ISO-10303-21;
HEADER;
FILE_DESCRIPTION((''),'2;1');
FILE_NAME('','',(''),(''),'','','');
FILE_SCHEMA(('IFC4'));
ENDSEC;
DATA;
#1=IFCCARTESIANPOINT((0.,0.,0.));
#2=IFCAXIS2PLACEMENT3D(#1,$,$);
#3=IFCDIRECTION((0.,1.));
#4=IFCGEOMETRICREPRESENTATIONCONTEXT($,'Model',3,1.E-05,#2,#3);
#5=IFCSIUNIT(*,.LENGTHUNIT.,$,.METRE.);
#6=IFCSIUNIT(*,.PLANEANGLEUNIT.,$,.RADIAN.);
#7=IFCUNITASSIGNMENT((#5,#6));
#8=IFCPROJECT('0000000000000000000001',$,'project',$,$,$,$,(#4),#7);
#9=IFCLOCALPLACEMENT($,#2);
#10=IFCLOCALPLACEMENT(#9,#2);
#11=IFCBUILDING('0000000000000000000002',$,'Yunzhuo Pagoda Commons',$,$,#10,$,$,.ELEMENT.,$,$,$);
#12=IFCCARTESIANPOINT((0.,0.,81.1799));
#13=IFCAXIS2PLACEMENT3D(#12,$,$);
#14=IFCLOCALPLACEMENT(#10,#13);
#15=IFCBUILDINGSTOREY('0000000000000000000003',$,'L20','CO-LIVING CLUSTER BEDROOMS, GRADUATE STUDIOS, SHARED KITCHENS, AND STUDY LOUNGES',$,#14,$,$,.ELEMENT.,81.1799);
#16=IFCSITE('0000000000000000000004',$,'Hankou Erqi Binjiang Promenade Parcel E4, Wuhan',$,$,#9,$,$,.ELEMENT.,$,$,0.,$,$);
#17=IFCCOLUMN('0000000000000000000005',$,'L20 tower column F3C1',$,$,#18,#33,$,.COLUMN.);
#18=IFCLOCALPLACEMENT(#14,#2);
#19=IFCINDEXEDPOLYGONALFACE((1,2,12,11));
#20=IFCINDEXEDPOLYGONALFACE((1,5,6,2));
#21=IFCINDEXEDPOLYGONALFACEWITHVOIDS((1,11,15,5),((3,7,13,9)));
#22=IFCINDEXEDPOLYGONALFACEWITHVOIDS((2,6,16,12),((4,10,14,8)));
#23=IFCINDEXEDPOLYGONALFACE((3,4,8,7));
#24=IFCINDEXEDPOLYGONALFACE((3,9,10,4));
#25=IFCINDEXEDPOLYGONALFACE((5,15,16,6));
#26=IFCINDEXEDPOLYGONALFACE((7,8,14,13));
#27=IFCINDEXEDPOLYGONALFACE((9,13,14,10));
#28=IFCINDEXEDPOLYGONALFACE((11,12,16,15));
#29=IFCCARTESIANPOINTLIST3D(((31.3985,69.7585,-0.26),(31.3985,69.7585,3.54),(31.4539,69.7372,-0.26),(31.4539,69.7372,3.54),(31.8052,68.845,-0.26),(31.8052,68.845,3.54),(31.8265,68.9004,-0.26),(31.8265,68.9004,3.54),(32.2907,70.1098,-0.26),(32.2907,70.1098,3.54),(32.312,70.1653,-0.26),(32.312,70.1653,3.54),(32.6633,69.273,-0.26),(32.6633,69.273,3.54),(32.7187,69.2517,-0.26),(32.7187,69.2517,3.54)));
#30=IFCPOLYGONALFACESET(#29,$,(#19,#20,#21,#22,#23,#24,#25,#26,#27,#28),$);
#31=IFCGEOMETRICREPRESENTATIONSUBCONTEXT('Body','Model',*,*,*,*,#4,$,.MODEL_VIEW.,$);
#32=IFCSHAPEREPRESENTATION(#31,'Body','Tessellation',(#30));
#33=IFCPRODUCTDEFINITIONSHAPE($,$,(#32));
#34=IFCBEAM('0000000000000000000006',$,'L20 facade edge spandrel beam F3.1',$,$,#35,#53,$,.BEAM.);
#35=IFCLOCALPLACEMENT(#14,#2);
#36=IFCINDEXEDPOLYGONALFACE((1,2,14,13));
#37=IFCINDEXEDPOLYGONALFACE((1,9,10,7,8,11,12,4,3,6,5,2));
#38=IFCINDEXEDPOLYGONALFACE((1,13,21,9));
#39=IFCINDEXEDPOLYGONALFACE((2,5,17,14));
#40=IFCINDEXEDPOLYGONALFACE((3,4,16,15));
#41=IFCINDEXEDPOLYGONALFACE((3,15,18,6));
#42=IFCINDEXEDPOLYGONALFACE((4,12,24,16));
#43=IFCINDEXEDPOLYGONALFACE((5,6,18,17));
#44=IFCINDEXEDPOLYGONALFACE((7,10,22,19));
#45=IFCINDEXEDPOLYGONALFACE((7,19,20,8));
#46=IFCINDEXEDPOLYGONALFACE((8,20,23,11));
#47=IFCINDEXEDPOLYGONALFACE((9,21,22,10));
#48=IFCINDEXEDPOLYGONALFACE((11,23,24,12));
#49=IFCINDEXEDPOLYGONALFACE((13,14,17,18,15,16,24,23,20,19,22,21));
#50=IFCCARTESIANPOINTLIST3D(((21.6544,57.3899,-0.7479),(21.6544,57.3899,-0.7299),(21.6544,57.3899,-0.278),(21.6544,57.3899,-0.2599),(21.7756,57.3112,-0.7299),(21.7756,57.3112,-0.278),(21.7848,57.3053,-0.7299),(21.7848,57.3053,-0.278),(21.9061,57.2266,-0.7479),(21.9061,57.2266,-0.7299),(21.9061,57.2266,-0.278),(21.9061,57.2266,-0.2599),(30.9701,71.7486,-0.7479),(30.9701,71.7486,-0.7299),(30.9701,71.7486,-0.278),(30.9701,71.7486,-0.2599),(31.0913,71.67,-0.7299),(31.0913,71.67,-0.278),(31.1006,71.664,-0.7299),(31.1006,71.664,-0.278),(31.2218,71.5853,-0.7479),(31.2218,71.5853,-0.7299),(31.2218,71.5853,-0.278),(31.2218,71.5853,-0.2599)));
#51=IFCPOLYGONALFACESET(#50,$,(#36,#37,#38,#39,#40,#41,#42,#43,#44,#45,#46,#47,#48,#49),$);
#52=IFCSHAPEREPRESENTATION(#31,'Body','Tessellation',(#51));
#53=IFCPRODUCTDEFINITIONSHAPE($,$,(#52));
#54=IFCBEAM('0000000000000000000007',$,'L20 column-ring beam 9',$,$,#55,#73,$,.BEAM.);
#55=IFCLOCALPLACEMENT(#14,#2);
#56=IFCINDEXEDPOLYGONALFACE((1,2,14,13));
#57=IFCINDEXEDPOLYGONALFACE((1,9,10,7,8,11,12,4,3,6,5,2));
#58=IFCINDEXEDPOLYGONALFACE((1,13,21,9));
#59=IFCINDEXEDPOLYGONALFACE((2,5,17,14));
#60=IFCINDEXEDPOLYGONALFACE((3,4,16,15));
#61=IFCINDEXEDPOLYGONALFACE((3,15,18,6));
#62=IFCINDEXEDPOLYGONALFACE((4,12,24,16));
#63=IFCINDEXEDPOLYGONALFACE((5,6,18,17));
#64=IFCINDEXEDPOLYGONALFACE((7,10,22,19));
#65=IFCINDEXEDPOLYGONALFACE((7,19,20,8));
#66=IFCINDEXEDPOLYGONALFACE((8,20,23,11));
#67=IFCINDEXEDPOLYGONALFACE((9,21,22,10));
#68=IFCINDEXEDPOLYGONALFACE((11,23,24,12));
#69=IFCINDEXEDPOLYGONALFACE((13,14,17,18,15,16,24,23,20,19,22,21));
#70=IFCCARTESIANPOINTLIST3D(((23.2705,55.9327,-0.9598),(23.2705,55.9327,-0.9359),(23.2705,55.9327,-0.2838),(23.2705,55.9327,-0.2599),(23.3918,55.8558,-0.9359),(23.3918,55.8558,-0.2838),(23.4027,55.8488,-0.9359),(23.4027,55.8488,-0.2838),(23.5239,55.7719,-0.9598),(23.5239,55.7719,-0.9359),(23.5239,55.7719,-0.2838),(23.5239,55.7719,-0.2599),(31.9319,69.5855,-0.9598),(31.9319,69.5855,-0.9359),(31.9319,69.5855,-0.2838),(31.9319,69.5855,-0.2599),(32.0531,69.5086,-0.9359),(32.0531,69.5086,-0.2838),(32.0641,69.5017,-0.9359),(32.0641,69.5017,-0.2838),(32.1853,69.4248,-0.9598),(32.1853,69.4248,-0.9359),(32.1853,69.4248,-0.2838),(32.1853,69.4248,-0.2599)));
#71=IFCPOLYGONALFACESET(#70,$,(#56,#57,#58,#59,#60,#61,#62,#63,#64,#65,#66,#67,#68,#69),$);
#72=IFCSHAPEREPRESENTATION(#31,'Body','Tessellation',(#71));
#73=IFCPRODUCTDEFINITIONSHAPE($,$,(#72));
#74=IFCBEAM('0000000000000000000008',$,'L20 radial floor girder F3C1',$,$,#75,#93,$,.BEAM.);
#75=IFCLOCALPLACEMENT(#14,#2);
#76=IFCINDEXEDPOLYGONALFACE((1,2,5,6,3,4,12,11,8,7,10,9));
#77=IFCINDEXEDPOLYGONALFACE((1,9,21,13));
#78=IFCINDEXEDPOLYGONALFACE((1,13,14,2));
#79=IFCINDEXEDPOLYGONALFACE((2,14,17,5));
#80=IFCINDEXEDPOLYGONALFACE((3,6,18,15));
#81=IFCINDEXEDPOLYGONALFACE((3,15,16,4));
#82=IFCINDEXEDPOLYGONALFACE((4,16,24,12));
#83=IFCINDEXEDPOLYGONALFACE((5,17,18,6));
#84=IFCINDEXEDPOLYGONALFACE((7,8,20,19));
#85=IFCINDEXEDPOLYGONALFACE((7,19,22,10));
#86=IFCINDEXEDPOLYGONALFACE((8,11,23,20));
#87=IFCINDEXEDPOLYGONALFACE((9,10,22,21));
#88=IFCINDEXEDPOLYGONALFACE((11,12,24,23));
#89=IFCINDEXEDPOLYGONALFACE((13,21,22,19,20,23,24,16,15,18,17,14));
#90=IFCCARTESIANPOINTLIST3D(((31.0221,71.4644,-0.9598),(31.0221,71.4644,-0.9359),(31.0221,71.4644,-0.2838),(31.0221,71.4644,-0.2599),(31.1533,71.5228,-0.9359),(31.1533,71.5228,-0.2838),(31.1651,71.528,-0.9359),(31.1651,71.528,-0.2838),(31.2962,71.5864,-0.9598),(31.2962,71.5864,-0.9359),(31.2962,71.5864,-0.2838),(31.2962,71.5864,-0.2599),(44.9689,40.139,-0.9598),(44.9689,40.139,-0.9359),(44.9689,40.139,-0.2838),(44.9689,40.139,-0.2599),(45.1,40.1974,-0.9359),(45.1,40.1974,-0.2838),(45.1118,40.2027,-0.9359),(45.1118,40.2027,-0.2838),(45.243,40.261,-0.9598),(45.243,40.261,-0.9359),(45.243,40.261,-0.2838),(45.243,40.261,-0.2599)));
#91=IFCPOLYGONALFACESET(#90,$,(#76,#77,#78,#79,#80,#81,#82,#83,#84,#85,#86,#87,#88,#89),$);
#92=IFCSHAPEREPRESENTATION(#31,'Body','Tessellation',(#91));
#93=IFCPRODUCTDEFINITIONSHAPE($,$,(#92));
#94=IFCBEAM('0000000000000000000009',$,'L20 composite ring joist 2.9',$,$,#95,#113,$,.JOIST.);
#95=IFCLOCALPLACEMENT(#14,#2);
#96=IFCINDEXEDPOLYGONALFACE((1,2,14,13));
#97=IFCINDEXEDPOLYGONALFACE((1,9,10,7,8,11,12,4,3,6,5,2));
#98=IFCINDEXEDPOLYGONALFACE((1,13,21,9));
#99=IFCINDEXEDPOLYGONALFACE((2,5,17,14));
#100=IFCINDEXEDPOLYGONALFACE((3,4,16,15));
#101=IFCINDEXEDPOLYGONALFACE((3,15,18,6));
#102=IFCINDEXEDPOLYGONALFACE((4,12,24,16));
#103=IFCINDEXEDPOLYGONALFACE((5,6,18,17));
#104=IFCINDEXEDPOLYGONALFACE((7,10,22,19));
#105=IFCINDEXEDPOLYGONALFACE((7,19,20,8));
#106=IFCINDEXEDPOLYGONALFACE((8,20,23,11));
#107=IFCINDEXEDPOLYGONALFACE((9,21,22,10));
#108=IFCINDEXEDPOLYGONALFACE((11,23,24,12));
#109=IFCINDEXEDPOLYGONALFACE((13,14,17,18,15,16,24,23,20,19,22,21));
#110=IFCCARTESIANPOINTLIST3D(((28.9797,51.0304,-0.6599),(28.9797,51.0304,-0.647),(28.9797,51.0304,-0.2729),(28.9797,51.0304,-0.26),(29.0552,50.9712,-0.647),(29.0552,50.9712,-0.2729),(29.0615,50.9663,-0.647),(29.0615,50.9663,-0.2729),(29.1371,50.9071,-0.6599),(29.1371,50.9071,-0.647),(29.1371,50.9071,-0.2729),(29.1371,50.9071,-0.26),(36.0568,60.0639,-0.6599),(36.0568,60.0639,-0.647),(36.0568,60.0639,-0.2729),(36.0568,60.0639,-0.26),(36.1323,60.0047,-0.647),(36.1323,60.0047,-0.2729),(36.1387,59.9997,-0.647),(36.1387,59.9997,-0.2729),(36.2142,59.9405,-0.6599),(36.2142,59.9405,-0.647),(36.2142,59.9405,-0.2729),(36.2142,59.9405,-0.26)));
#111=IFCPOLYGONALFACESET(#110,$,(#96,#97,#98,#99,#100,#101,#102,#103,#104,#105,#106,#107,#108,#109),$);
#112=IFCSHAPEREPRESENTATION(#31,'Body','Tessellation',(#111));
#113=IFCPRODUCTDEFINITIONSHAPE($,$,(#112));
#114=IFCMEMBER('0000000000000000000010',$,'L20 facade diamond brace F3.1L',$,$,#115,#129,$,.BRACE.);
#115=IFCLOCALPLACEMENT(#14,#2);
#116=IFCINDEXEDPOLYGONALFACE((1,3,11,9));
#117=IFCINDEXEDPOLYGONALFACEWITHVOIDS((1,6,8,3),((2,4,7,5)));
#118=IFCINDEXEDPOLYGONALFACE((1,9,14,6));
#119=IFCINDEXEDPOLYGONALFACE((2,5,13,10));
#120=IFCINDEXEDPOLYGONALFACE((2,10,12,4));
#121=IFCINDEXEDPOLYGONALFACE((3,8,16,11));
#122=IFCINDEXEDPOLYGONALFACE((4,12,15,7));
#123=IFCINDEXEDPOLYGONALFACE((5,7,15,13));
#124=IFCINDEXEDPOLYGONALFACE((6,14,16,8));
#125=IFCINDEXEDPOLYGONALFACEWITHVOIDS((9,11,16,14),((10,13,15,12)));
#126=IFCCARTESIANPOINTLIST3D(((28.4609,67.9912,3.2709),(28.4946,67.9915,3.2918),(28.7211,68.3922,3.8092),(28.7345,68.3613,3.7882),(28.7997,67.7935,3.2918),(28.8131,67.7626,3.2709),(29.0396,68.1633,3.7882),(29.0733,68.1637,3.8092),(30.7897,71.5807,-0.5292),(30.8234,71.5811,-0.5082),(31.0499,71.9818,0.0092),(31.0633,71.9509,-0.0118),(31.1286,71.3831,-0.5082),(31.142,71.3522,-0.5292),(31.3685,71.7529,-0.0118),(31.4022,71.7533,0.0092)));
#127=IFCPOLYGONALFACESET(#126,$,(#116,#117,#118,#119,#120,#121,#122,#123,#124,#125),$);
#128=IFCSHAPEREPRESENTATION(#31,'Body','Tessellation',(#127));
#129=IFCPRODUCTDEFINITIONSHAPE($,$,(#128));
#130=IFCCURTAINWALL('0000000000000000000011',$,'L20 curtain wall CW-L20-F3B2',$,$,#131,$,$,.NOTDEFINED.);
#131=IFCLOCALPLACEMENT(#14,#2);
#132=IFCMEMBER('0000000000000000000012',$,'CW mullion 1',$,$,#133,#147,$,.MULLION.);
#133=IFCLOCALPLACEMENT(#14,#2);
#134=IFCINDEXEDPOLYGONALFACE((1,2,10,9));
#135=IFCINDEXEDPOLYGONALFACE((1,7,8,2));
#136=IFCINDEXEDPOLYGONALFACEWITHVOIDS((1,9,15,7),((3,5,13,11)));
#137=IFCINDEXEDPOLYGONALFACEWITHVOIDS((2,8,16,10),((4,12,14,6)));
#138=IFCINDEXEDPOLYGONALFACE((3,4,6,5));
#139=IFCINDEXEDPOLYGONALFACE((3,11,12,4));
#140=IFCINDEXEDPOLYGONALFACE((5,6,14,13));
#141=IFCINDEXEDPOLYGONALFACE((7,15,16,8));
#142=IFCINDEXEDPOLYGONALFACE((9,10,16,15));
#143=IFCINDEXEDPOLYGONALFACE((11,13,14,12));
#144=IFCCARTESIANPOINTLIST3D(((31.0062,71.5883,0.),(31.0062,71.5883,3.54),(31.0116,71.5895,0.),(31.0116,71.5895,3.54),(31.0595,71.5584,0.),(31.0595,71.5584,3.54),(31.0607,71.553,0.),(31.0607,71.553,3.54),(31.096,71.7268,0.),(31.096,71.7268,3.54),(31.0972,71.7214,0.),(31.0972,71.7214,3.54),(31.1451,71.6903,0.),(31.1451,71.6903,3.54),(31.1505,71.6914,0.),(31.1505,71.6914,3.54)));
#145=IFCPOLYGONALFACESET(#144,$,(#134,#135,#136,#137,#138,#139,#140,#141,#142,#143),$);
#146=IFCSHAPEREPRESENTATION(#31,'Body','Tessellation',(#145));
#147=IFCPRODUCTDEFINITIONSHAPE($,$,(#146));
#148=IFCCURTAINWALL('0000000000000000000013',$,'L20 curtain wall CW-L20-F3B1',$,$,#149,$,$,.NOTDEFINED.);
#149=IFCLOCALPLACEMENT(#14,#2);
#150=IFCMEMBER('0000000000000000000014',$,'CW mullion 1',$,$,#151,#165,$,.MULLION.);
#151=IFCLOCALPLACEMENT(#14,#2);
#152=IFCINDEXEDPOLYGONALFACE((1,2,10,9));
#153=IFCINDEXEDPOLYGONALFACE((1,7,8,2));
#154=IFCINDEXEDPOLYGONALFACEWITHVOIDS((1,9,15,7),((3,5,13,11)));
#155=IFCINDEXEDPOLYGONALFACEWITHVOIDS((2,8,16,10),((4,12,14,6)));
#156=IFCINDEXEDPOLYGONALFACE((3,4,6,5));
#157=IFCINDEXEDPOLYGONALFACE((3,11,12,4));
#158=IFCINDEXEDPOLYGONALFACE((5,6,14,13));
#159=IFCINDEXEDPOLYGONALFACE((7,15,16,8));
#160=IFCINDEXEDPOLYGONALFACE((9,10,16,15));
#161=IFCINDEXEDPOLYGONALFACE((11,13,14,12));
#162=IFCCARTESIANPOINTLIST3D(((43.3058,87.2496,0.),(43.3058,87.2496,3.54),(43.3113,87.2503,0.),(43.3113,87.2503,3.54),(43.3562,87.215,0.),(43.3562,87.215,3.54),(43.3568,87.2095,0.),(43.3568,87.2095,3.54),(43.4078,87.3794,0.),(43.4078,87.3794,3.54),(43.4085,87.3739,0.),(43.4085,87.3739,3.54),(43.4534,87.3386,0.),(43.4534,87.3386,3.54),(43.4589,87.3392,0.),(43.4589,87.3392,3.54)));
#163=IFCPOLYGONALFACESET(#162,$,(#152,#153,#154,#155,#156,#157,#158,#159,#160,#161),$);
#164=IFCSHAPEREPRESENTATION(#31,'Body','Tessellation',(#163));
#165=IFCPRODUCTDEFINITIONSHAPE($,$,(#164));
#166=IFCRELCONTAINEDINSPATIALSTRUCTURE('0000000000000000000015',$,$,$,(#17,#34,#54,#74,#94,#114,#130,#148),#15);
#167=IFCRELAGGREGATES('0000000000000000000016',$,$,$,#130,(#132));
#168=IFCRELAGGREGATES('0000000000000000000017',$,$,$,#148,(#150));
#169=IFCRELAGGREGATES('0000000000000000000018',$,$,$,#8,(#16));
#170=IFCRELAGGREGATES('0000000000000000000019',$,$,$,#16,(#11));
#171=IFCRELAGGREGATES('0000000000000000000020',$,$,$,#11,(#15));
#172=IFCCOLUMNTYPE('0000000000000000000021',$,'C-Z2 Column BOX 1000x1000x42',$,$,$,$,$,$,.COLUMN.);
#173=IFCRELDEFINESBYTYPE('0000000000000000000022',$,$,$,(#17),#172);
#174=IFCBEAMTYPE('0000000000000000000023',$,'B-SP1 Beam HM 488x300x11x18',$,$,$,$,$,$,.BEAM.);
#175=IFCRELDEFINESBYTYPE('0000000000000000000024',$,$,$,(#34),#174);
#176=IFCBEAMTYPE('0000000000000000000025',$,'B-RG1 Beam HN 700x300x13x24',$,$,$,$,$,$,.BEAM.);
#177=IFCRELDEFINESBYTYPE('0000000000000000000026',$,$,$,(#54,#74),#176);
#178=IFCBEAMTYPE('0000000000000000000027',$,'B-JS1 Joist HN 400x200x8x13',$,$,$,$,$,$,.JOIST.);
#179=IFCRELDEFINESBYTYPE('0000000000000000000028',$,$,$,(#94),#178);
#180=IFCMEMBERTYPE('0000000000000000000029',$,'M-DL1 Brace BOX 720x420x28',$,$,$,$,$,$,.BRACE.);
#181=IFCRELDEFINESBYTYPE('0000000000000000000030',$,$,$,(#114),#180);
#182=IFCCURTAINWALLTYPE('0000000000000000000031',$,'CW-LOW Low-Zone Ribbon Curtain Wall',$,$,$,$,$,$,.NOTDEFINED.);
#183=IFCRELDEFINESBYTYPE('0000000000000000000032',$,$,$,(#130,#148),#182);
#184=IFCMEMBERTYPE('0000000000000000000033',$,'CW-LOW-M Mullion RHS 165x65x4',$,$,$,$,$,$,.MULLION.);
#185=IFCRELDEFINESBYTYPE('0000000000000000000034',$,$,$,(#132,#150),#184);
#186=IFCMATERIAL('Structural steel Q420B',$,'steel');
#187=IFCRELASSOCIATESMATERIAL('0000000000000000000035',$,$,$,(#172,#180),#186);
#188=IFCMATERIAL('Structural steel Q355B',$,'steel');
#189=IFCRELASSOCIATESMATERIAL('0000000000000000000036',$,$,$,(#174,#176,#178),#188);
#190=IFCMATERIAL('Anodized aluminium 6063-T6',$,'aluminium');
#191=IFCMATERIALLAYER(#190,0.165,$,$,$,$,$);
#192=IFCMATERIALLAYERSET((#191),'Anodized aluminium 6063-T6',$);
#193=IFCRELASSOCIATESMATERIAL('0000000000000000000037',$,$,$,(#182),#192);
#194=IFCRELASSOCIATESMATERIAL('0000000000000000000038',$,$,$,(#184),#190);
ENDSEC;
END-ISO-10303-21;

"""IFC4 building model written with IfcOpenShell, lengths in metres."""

from ifc_helpers import new_model, si_unit, direction, frame, origin, origin_2d, place, context, subcontext, project, spatial, hollow_rectangle, i_section, extrude, source, transform, mapped, material, layer, layer_set, material_profile, profile_set, type_object, element, aggregate, save


model = new_model("IFC4")

# Units and contexts
model_context = context("Model", 3, precision=1e-05, world=origin(), true_north=direction((0.0, 1.0)))
body_context = subcontext(model_context, "Body", "Model", "MODEL_VIEW")
ifc_project = project(units=[si_unit("LENGTHUNIT", "METRE"), si_unit("PLANEANGLEUNIT", "RADIAN")], contexts=[model_context])

# Site, building, storey
site_placement = place(None, origin())
site = spatial("IfcSite", under=ifc_project, at=site_placement, Name="Hankou Erqi Binjiang Promenade Parcel E4, Wuhan", CompositionType="ELEMENT", RefElevation=0.0)
building_placement = place(site_placement, origin())
building = spatial("IfcBuilding", under=site, at=building_placement, Name="Yunzhuo Pagoda Commons", CompositionType="ELEMENT")
storey_placement = place(building_placement, frame((0.0, 0.0, 81.1799)))
storey = spatial("IfcBuildingStorey", under=building, at=storey_placement, Name="L20", Description="CO-LIVING CLUSTER BEDROOMS, GRADUATE STUDIOS, SHARED KITCHENS, AND STUDY LOUNGES", CompositionType="ELEMENT", Elevation=81.1799)

# Column
ifc_material_1 = material(Name="Structural steel Q420B", Category="steel")
ifc_material_profile_1 = material_profile(ifc_material_1, hollow_rectangle(XDim=1.0, YDim=1.0, WallThickness=0.042, at=origin_2d()), Name="Structural steel Q420B")
ifc_profile_set_1 = profile_set([ifc_material_profile_1], Name="Structural steel Q420B")
column_type = type_object("IfcColumnType", Name="C-Z2 Column BOX 1000x1000x42", PredefinedType="COLUMN", material=ifc_profile_set_1)
shared_shape_1 = source(origin(), body_context, "Body", "SweptSolid", [
    extrude(hollow_rectangle(XDim=1.0, YDim=1.0, WallThickness=0.042, at=origin_2d()), origin(), (0.0, 0.0, 1.0), 3.8),
])
column_placement = place(storey_placement, frame((32.0586, 69.5051, -0.26), z_axis=(0.0, 0.0, 1.0), x_axis=(-0.913545, -0.406737, 0.0)))
element("IfcColumn", 1, at=column_placement, inside=storey, type_object=column_type, Name="L20 tower column F3C1", PredefinedType="COLUMN", context=body_context, shape_type="MappedRepresentation", body=[
    mapped(shared_shape_1, transform((0.0, 0.0, 0.0), scale=1.0)),
])

# Beams
ifc_material_2 = material(Name="Structural steel Q355B", Category="steel")
ifc_material_profile_2 = material_profile(ifc_material_2, i_section(OverallWidth=0.3, OverallDepth=0.488, WebThickness=0.011, FlangeThickness=0.0181, at=origin_2d()), Name="Structural steel Q355B")
ifc_profile_set_2 = profile_set([ifc_material_profile_2], Name="Structural steel Q355B")
beam_type_1 = type_object("IfcBeamType", Name="B-SP1 Beam HM 488x300x11x18", PredefinedType="BEAM", material=ifc_profile_set_2)
shared_shape_2 = source(origin(), body_context, "Body", "SweptSolid", [
    extrude(i_section(OverallWidth=0.3, OverallDepth=0.488, WebThickness=0.011, FlangeThickness=0.0181, at=origin_2d()), origin(), (0.0, 0.0, 1.0), 17.116),
])
beam_1_placement = place(storey_placement, frame((31.0959, 71.667, -0.5039), z_axis=(-0.544272, -0.838909, 0.0), x_axis=(0.838909, -0.544272, 0.0)))
element("IfcBeam", 2, at=beam_1_placement, inside=storey, type_object=beam_type_1, Name="L20 facade edge spandrel beam F3.1", PredefinedType="BEAM", context=body_context, shape_type="MappedRepresentation", body=[
    mapped(shared_shape_2, transform((0.0, 0.0, 0.0), scale=1.0)),
])
ifc_material_profile_3 = material_profile(ifc_material_2, i_section(OverallWidth=0.3, OverallDepth=0.7, WebThickness=0.0129, FlangeThickness=0.0239, at=origin_2d()), Name="Structural steel Q355B")
ifc_profile_set_3 = profile_set([ifc_material_profile_3], Name="Structural steel Q355B")
beam_type_2 = type_object("IfcBeamType", Name="B-RG1 Beam HN 700x300x13x24", PredefinedType="BEAM", material=ifc_profile_set_3)
shared_shape_3 = source(origin(), body_context, "Body", "SweptSolid", [
    extrude(i_section(OverallWidth=0.3, OverallDepth=0.7, WebThickness=0.0129, FlangeThickness=0.0239, at=origin_2d()), origin(), (0.0, 0.0, 1.0), 16.1685),
])
beam_2_placement = place(storey_placement, frame((32.0586, 69.5051, -0.6099), z_axis=(-0.535696, -0.844411, 0.0), x_axis=(0.844411, -0.535696, 0.0)))
element("IfcBeam", 3, at=beam_2_placement, inside=storey, type_object=beam_type_2, Name="L20 column-ring beam 9", PredefinedType="BEAM", context=body_context, shape_type="MappedRepresentation", body=[
    mapped(shared_shape_3, transform((0.0, 0.0, 0.0), scale=1.0)),
])
shared_shape_4 = source(origin(), body_context, "Body", "SweptSolid", [
    extrude(i_section(OverallWidth=0.3, OverallDepth=0.7, WebThickness=0.0129, FlangeThickness=0.0239, at=origin_2d()), origin(), (0.0, 0.0, 1.0), 34.2898),
])
beam_3_placement = place(storey_placement, frame((31.1592, 71.5254, -0.6099), z_axis=(0.406732, -0.913548, 0.0), x_axis=(0.913548, 0.406732, 0.0)))
element("IfcBeam", 4, at=beam_3_placement, inside=storey, type_object=beam_type_2, Name="L20 radial floor girder F3C1", PredefinedType="BEAM", context=body_context, shape_type="MappedRepresentation", body=[
    mapped(shared_shape_4, transform((0.0, 0.0, 0.0), scale=1.0)),
])
ifc_material_profile_4 = material_profile(ifc_material_2, i_section(OverallWidth=0.2, OverallDepth=0.3999, WebThickness=0.0081, FlangeThickness=0.0129, at=origin_2d()), Name="Structural steel Q355B")
ifc_profile_set_4 = profile_set([ifc_material_profile_4], Name="Structural steel Q355B")
beam_type_3 = type_object("IfcBeamType", Name="B-JS1 Joist HN 400x200x8x13", PredefinedType="JOIST", material=ifc_profile_set_4)
shared_shape_5 = source(origin(), body_context, "Body", "SweptSolid", [
    extrude(i_section(OverallWidth=0.2, OverallDepth=0.3999, WebThickness=0.0081, FlangeThickness=0.0129, at=origin_2d()), origin(), (0.0, 0.0, 1.0), 11.4756),
])
beam_4_placement = place(storey_placement, frame((36.1355, 60.0022, -0.46), z_axis=(-0.616713, -0.787188, 0.0), x_axis=(0.787188, -0.616713, 0.0)))
element("IfcBeam", 5, at=beam_4_placement, inside=storey, type_object=beam_type_3, Name="L20 composite ring joist 2.9", PredefinedType="JOIST", context=body_context, shape_type="MappedRepresentation", body=[
    mapped(shared_shape_5, transform((0.0, 0.0, 0.0), scale=1.0)),
])

# Member
ifc_material_profile_5 = material_profile(ifc_material_1, hollow_rectangle(XDim=0.4199, YDim=0.72, WallThickness=0.0281, at=origin_2d()), Name="Structural steel Q420B")
ifc_profile_set_5 = profile_set([ifc_material_profile_5], Name="Structural steel Q420B")
member_type_1 = type_object("IfcMemberType", Name="M-DL1 Brace BOX 720x420x28", PredefinedType="BRACE", material=ifc_profile_set_5)
shared_shape_6 = source(origin(), body_context, "Body", "SweptSolid", [
    extrude(hollow_rectangle(XDim=0.4199, YDim=0.72, WallThickness=0.0281, at=origin_2d()), origin(), (0.0, 0.0, 1.0), 5.7227),
])
member_1_placement = place(storey_placement, frame((31.0959, 71.667, -0.26), z_axis=(-0.406952, -0.627257, 0.664032), x_axis=(0.838911, -0.544268, 0.0)))
element("IfcMember", 6, at=member_1_placement, inside=storey, type_object=member_type_1, Name="L20 facade diamond brace F3.1L", PredefinedType="BRACE", context=body_context, shape_type="MappedRepresentation", body=[
    mapped(shared_shape_6, transform((0.0, 0.0, 0.0), scale=1.0)),
])

# Curtain wall, member
ifc_material_3 = material(Name="Anodized aluminium 6063-T6", Category="aluminium")
ifc_layer_1 = layer(ifc_material_3, 0.165)
ifc_layer_set_1 = layer_set([ifc_layer_1], Name="Anodized aluminium 6063-T6")
curtain_wall_type = type_object("IfcCurtainWallType", Name="CW-LOW Low-Zone Ribbon Curtain Wall", PredefinedType="NOTDEFINED", material=ifc_layer_set_1)
curtain_wall_1_placement = place(storey_placement, origin())
curtain_wall_1 = element("IfcCurtainWall", 7, at=curtain_wall_1_placement, inside=storey, type_object=curtain_wall_type, Name="L20 curtain wall CW-L20-F3B2", PredefinedType="NOTDEFINED")
ifc_material_profile_6 = material_profile(ifc_material_3, hollow_rectangle(XDim=0.0649, YDim=0.165, WallThickness=0.0039, at=origin_2d()), Name="Anodized aluminium 6063-T6")
ifc_profile_set_6 = profile_set([ifc_material_profile_6], Name="Anodized aluminium 6063-T6")
member_type_2 = type_object("IfcMemberType", Name="CW-LOW-M Mullion RHS 165x65x4", PredefinedType="MULLION", material=ifc_profile_set_6)
shared_shape_7 = source(origin(), body_context, "Body", "SweptSolid", [
    extrude(hollow_rectangle(XDim=0.0649, YDim=0.165, WallThickness=0.0039, at=origin_2d()), origin(), (0.0, 0.0, 1.0), 3.54),
])
member_2_placement = place(storey_placement, frame((31.0784, 71.6399, 0.0), z_axis=(0.0, 0.0, 1.0), x_axis=(0.838907, -0.544275, 0.0)))
member_2 = element("IfcMember", 8, at=member_2_placement, type_object=member_type_2, Name="CW mullion 1", PredefinedType="MULLION", context=body_context, shape_type="MappedRepresentation", body=[
    mapped(shared_shape_7, transform((0.0, 0.0, 0.0), scale=1.0)),
])

# Curtain wall, member
curtain_wall_2_placement = place(storey_placement, origin())
curtain_wall_2 = element("IfcCurtainWall", 9, at=curtain_wall_2_placement, inside=storey, type_object=curtain_wall_type, Name="L20 curtain wall CW-L20-F3B1", PredefinedType="NOTDEFINED")
member_3_placement = place(storey_placement, frame((43.3823, 87.2944, 0.0), z_axis=(0.0, 0.0, 1.0), x_axis=(0.786131, -0.61806, 0.0)))
member_3 = element("IfcMember", 10, at=member_3_placement, type_object=member_type_2, Name="CW mullion 1", PredefinedType="MULLION", context=body_context, shape_type="MappedRepresentation", body=[
    mapped(shared_shape_7, transform((0.0, 0.0, 0.0), scale=1.0)),
])

aggregate(curtain_wall_1, [member_2])

aggregate(curtain_wall_2, [member_3])

save(model, "model.ifc")
